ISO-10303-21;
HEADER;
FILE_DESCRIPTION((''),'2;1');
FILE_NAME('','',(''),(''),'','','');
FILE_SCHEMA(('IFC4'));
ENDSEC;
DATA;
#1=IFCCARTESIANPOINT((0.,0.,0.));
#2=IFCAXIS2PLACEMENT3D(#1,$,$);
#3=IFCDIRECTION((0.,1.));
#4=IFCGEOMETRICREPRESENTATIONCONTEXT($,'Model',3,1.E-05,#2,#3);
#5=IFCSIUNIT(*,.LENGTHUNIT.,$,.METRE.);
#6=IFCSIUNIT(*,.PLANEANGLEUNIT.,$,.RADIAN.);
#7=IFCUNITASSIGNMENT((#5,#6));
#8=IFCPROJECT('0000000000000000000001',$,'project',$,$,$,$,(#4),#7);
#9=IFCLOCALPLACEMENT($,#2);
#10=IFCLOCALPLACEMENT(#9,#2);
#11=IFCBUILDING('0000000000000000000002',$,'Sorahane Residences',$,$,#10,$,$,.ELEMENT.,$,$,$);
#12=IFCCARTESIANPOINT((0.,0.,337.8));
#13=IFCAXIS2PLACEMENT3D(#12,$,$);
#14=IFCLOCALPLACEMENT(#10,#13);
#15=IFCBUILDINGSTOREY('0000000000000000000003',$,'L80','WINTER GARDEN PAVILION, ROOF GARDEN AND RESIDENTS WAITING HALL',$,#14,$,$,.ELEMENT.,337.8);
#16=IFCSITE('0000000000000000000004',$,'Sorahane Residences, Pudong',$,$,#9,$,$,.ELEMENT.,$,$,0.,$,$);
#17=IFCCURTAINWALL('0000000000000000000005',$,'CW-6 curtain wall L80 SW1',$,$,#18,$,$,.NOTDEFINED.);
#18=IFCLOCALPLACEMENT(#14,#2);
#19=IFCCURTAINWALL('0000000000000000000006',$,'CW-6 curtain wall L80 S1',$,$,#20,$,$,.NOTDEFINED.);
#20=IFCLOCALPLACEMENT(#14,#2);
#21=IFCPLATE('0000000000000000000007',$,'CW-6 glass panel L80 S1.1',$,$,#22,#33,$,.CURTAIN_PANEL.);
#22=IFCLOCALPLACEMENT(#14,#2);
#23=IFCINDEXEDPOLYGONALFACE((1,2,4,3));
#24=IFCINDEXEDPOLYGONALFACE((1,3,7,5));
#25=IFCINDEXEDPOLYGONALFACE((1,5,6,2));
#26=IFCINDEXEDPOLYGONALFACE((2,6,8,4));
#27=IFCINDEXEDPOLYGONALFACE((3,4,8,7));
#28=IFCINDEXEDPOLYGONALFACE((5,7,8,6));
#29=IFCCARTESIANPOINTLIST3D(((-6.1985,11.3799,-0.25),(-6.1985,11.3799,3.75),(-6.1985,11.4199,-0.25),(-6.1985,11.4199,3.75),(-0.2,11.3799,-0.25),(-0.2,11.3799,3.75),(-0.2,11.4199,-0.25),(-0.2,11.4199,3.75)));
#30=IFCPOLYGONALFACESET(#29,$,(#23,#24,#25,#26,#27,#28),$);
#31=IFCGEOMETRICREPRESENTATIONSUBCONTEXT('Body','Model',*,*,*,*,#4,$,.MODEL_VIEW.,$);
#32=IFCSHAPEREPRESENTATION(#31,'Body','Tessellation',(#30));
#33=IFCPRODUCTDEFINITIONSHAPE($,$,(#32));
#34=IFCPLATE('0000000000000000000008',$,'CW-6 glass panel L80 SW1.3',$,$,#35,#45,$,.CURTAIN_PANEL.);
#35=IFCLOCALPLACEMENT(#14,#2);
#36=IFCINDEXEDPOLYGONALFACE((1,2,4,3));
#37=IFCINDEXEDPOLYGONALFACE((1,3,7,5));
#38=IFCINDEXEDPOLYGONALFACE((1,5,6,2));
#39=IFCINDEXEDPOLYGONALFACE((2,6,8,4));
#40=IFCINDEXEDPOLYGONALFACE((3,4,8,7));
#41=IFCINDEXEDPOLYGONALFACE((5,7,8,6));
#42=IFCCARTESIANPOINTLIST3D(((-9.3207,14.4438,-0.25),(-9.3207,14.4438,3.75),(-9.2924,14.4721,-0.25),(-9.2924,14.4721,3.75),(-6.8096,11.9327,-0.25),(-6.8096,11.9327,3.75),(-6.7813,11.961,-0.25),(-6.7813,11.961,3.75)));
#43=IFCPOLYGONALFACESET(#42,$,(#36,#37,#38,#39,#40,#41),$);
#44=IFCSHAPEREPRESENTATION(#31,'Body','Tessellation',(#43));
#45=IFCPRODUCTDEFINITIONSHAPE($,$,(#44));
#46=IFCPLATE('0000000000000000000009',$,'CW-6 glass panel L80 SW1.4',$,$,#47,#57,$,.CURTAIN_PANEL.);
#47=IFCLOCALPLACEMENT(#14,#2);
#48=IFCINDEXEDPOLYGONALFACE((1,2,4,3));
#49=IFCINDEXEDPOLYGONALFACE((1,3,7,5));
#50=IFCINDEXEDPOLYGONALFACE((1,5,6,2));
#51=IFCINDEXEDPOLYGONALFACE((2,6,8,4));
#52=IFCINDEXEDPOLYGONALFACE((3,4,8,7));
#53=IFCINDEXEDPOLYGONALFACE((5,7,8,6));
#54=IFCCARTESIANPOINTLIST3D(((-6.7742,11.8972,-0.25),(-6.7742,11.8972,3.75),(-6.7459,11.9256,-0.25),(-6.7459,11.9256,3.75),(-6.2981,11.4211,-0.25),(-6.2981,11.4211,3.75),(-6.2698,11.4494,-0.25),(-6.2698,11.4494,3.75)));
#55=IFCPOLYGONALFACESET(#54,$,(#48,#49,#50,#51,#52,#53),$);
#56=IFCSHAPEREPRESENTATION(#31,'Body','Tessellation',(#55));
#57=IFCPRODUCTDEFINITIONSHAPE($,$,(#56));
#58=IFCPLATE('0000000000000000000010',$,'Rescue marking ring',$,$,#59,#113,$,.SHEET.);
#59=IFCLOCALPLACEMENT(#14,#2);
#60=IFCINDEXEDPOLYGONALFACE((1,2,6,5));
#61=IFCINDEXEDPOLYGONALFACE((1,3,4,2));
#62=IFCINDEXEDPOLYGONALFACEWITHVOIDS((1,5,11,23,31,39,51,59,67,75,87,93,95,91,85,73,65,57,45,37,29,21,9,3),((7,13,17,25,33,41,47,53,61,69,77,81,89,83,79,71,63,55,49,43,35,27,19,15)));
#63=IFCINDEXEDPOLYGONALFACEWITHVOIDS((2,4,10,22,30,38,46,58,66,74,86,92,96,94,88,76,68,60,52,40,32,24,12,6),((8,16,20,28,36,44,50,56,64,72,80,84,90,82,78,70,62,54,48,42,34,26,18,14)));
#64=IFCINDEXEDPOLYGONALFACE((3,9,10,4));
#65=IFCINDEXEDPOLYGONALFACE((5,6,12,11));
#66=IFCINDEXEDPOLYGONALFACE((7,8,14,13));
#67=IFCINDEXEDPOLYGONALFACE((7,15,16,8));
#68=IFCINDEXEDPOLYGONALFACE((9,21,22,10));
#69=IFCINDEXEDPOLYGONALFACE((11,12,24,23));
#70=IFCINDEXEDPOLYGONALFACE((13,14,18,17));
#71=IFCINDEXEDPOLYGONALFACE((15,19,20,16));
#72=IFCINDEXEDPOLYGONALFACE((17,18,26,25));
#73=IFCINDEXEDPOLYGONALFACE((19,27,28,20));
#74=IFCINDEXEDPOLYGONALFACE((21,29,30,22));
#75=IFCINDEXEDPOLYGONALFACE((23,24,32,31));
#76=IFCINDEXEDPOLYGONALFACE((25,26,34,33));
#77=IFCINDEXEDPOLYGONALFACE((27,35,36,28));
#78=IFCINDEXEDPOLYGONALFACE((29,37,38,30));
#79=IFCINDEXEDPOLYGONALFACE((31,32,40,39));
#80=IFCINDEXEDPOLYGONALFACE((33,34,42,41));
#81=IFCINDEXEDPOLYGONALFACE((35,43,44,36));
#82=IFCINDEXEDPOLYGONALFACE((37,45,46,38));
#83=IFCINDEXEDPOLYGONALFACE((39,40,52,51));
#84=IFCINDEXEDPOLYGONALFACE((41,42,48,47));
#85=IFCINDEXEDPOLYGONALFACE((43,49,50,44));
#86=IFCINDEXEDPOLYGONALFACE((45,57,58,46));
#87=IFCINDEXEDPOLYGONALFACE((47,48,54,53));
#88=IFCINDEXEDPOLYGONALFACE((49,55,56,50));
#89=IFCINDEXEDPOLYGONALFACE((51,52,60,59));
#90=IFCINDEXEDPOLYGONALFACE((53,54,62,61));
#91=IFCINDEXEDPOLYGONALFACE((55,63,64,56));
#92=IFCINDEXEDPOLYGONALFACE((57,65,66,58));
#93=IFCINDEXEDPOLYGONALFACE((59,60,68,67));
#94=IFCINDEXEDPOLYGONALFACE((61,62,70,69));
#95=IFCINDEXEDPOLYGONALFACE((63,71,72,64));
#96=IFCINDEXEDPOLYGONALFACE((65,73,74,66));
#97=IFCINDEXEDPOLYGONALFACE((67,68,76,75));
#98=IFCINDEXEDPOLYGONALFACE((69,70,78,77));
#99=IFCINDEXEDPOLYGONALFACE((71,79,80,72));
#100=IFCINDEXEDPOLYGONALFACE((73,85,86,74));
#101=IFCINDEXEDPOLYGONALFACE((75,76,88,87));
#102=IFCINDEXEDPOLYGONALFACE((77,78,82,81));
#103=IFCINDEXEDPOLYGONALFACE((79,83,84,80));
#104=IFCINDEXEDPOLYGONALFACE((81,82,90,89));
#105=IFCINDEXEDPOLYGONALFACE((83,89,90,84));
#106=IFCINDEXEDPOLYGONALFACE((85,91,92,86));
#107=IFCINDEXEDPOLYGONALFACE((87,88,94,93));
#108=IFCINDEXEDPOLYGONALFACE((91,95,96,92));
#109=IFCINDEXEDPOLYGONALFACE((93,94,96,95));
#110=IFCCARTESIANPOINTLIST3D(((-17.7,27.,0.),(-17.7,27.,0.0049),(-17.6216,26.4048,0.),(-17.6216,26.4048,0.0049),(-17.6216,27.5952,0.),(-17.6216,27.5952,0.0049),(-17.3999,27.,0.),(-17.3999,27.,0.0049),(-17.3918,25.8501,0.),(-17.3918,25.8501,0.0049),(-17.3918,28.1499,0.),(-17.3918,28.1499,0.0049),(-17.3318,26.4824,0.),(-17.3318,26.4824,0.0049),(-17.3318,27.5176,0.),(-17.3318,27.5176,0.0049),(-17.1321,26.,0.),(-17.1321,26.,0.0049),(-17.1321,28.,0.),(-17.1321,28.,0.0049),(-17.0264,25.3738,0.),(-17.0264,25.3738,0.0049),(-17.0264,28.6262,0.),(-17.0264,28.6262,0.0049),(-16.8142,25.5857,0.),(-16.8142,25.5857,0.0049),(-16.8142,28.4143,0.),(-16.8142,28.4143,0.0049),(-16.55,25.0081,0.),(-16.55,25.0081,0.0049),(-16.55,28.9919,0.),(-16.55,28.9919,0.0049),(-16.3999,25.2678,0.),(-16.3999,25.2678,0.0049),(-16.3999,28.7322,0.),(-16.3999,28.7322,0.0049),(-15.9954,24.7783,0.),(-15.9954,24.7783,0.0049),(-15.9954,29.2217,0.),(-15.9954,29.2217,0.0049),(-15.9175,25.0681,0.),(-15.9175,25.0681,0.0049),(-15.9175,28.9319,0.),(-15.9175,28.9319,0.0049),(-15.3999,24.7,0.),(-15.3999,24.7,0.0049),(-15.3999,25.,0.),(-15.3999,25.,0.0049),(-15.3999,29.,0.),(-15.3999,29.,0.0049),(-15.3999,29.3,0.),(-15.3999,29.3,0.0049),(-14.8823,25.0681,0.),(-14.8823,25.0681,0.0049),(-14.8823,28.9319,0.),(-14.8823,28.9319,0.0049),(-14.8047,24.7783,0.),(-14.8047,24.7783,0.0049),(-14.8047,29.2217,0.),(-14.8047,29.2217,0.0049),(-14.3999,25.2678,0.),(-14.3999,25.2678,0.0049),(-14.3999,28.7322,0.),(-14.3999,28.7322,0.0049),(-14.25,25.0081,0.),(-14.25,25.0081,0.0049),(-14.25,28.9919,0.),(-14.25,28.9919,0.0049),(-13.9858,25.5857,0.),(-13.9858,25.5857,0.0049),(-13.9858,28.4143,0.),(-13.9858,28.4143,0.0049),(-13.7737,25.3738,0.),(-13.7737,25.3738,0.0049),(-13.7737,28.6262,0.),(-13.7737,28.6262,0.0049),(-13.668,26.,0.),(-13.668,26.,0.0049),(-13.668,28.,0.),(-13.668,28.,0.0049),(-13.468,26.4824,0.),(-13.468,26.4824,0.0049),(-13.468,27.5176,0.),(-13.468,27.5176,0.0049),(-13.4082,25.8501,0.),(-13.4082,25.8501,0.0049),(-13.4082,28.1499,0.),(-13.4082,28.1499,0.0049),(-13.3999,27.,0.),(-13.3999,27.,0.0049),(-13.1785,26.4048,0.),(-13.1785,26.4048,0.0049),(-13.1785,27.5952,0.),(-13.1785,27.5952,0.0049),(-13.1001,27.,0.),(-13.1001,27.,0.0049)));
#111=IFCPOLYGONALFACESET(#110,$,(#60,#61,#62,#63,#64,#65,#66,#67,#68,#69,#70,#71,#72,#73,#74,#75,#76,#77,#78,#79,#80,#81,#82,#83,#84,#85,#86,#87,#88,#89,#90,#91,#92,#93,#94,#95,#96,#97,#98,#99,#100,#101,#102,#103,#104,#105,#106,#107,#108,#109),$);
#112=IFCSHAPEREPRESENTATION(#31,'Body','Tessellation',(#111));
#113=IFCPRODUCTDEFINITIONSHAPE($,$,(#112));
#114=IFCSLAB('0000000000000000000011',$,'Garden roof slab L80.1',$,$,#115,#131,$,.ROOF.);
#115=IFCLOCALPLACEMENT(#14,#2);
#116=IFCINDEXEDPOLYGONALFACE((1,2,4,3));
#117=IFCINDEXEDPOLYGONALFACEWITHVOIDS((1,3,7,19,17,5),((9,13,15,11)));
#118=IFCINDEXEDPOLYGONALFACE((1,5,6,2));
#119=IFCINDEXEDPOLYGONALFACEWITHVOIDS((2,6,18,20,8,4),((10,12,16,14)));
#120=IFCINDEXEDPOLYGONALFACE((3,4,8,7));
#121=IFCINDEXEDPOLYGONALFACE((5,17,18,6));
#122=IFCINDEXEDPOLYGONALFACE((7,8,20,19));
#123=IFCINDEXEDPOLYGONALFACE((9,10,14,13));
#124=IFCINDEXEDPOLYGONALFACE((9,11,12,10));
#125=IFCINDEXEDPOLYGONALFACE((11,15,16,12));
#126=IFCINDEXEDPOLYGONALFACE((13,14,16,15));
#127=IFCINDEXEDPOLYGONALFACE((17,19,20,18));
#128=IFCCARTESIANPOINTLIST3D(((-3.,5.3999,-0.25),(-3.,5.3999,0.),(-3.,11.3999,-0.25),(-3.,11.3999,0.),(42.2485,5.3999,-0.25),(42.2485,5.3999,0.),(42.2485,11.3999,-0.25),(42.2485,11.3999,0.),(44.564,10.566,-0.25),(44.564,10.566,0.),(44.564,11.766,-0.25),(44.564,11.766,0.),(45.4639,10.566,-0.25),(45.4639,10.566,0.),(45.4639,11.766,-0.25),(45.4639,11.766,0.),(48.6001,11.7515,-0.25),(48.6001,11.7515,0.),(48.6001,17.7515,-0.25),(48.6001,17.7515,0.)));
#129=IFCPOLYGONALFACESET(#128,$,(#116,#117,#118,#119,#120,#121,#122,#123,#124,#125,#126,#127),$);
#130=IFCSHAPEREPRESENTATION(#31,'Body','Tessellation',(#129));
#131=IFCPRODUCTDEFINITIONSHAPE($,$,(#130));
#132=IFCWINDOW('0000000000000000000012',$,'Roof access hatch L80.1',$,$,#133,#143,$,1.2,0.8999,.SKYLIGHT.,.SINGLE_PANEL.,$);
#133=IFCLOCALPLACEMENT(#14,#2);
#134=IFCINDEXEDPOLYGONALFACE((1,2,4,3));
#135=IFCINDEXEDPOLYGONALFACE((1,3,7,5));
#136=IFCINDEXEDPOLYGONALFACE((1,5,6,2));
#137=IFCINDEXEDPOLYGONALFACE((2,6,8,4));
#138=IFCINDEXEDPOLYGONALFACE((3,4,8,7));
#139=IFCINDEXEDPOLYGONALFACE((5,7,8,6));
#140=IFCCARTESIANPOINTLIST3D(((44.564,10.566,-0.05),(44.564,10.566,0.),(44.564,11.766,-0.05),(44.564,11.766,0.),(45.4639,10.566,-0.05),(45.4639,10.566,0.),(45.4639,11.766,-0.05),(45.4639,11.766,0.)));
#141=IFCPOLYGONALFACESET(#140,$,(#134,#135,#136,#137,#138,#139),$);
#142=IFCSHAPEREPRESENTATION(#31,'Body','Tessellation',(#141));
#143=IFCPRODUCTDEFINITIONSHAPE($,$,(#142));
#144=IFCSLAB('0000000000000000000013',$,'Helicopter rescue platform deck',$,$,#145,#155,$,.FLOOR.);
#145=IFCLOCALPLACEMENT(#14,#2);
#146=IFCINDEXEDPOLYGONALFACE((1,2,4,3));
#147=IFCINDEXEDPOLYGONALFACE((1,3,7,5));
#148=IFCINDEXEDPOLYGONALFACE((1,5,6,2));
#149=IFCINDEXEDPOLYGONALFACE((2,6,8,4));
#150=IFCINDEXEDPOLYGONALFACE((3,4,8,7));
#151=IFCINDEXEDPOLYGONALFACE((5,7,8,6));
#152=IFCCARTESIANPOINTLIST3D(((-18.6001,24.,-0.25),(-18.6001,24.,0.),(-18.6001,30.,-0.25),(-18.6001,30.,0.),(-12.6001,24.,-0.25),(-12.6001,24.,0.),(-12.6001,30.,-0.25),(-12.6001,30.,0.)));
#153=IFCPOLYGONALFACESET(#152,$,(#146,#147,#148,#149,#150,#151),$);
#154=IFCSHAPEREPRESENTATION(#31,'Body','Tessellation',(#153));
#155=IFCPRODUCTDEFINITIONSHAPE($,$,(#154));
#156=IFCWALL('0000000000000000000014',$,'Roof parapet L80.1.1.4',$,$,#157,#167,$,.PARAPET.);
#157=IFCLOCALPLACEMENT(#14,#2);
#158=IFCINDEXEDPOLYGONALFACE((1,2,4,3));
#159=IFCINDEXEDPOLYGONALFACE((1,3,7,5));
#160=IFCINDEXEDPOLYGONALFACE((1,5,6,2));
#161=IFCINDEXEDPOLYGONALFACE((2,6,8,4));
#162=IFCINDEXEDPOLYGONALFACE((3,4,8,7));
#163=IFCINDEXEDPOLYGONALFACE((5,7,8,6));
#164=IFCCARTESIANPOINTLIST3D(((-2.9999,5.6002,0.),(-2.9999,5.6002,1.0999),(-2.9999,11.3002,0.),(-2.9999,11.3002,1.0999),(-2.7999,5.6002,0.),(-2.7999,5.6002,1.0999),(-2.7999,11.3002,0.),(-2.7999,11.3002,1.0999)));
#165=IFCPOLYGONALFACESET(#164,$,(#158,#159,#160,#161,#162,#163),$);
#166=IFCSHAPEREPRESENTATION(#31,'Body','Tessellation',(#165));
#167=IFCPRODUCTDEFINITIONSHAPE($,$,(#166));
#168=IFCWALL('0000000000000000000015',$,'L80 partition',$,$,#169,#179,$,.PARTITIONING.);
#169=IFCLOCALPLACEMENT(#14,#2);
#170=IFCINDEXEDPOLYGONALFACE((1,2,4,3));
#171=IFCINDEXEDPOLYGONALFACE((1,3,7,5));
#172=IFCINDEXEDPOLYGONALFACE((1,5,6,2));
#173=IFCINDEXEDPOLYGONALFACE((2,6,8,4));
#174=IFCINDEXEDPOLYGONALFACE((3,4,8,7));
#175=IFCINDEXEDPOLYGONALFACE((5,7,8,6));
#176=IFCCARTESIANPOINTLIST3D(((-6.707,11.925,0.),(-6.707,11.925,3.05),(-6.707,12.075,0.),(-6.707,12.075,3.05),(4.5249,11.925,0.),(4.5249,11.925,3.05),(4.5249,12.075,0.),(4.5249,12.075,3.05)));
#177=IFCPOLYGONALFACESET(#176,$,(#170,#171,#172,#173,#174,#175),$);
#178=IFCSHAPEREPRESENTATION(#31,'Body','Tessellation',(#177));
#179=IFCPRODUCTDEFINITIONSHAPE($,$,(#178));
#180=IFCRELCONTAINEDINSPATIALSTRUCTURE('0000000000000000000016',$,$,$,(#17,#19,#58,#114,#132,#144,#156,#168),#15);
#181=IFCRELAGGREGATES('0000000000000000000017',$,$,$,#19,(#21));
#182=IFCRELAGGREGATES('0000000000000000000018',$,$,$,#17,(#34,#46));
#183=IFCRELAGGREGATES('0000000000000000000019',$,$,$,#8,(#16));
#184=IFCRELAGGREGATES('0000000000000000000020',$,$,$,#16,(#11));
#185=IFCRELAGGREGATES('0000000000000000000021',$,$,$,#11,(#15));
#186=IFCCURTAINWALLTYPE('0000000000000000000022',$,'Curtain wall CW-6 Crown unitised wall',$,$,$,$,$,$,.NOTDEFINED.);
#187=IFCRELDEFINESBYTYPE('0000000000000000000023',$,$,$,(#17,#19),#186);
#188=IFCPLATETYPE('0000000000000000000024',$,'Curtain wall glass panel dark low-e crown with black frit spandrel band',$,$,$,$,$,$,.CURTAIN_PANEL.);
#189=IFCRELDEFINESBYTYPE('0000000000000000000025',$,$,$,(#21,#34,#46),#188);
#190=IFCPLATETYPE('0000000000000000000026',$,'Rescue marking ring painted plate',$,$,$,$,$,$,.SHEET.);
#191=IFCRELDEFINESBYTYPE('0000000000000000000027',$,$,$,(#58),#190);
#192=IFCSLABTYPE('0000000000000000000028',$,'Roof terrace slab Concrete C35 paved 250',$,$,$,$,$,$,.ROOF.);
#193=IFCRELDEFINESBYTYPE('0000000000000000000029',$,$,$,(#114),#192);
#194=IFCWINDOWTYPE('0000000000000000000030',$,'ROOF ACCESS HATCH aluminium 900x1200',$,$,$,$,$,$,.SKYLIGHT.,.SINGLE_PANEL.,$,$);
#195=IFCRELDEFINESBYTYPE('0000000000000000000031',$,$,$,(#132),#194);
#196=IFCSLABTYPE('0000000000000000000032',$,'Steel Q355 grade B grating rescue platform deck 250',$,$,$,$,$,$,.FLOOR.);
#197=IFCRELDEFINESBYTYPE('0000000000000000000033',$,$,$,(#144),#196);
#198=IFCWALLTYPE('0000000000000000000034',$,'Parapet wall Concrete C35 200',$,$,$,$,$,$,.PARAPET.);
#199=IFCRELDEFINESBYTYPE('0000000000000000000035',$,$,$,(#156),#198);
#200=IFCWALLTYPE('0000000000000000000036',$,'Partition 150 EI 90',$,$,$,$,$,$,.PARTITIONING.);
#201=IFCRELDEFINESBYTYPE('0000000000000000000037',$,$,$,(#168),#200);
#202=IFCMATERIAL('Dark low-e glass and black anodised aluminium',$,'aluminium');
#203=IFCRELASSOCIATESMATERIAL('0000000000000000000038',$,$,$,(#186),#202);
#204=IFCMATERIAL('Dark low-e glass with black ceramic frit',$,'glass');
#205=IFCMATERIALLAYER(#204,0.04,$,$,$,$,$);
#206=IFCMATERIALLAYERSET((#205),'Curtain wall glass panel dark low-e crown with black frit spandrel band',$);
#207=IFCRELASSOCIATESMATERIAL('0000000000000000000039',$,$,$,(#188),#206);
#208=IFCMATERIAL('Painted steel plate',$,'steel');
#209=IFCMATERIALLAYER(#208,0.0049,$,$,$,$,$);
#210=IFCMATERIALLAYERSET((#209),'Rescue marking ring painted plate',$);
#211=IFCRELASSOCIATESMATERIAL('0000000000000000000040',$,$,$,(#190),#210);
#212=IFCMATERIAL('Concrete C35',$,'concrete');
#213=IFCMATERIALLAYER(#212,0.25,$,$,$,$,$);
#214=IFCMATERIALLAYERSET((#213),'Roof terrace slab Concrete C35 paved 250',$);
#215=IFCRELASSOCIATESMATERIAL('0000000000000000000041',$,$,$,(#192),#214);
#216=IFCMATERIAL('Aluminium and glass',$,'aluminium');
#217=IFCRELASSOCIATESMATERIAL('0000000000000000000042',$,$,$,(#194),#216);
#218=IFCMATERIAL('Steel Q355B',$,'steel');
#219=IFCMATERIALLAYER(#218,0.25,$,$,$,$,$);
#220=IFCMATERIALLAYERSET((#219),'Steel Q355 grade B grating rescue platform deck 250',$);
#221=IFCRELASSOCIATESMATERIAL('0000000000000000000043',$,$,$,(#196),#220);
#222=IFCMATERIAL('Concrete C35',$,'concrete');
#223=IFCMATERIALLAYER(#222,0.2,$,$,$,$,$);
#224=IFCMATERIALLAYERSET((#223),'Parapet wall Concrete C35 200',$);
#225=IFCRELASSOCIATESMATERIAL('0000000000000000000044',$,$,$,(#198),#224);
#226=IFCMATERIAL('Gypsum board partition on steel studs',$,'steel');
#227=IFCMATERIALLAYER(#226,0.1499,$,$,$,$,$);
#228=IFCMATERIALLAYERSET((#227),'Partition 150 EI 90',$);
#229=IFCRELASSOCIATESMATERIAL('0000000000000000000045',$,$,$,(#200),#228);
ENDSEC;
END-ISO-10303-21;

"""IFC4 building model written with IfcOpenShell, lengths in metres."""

from ifc_helpers import new_model, si_unit, direction, frame, frame_2d, origin, origin_2d, place, context, subcontext, project, spatial, polyline, rectangle, outline, extrude, material, layer, layer_set, type_object, element, fill, aggregate, save


model = new_model("IFC4")

# Units and contexts
model_context = context("Model", 3, precision=1e-05, world=origin(), true_north=direction((0.0, 1.0)))
body_context = subcontext(model_context, "Body", "Model", "MODEL_VIEW")
ifc_project = project(units=[si_unit("LENGTHUNIT", "METRE"), si_unit("PLANEANGLEUNIT", "RADIAN")], contexts=[model_context])

# Site, building, storey
site_placement = place(None, origin())
site = spatial("IfcSite", under=ifc_project, at=site_placement, Name="Sorahane Residences, Pudong", CompositionType="ELEMENT", RefElevation=0.0)
building_placement = place(site_placement, origin())
building = spatial("IfcBuilding", under=site, at=building_placement, Name="Sorahane Residences", CompositionType="ELEMENT")
storey_placement = place(building_placement, frame((0.0, 0.0, 337.8)))
storey = spatial("IfcBuildingStorey", under=building, at=storey_placement, Name="L80", Description="WINTER GARDEN PAVILION, ROOF GARDEN AND RESIDENTS WAITING HALL", CompositionType="ELEMENT", Elevation=337.8)

# Curtain wall
ifc_material_1 = material(Name="Dark low-e glass and black anodised aluminium", Category="aluminium")
curtain_wall_type = type_object("IfcCurtainWallType", Name="Curtain wall CW-6 Crown unitised wall", PredefinedType="NOTDEFINED", material=ifc_material_1)
curtain_wall_1_placement = place(storey_placement, origin())
curtain_wall_1 = element("IfcCurtainWall", 1, at=curtain_wall_1_placement, inside=storey, type_object=curtain_wall_type, Name="CW-6 curtain wall L80 SW1", PredefinedType="NOTDEFINED")

# Curtain wall
curtain_wall_2_placement = place(storey_placement, origin())
curtain_wall_2 = element("IfcCurtainWall", 2, at=curtain_wall_2_placement, inside=storey, type_object=curtain_wall_type, Name="CW-6 curtain wall L80 S1", PredefinedType="NOTDEFINED")

# Plates
ifc_material_2 = material(Name="Dark low-e glass with black ceramic frit", Category="glass")
ifc_layer_1 = layer(ifc_material_2, 0.04)
ifc_layer_set_1 = layer_set([ifc_layer_1], Name="Curtain wall glass panel dark low-e crown with black frit spandrel band")
plate_type_1 = type_object("IfcPlateType", Name="Curtain wall glass panel dark low-e crown with black frit spandrel band", PredefinedType="CURTAIN_PANEL", material=ifc_layer_set_1)
plate_1_placement = place(storey_placement, frame((-3.1992, 11.3999, -0.25), z_axis=(0.0, 0.0, 1.0), x_axis=(1.0, 0.0, 0.0)))
plate_1 = element("IfcPlate", 3, at=plate_1_placement, type_object=plate_type_1, Name="CW-6 glass panel L80 S1.1", PredefinedType="CURTAIN_PANEL", context=body_context, shape_type="SweptSolid", body=[
    extrude(rectangle(XDim=5.9985, YDim=0.04, at=origin_2d()), origin(), (0.0, 0.0, 1.0), 4.0),
])
aggregate(curtain_wall_2, [plate_1])
plate_2_placement = place(storey_placement, frame((-8.051, 13.2024, -0.25), z_axis=(0.0, 0.0, 1.0), x_axis=(0.707107, -0.707107, 0.0)))
plate_2 = element("IfcPlate", 4, at=plate_2_placement, type_object=plate_type_1, Name="CW-6 glass panel L80 SW1.3", PredefinedType="CURTAIN_PANEL", context=body_context, shape_type="SweptSolid", body=[
    extrude(rectangle(XDim=3.5513, YDim=0.04, at=origin_2d()), origin(), (0.0, 0.0, 1.0), 4.0),
])
plate_3_placement = place(storey_placement, frame((-6.522, 11.6733, -0.25), z_axis=(0.0, 0.0, 1.0), x_axis=(0.707107, -0.707107, 0.0)))
plate_3 = element("IfcPlate", 5, at=plate_3_placement, type_object=plate_type_1, Name="CW-6 glass panel L80 SW1.4", PredefinedType="CURTAIN_PANEL", context=body_context, shape_type="SweptSolid", body=[
    extrude(rectangle(XDim=0.6733, YDim=0.04, at=origin_2d()), origin(), (0.0, 0.0, 1.0), 4.0),
])
aggregate(curtain_wall_1, [plate_2, plate_3])
ifc_material_3 = material(Name="Painted steel plate", Category="steel")
ifc_layer_2 = layer(ifc_material_3, 0.0049)
ifc_layer_set_2 = layer_set([ifc_layer_2], Name="Rescue marking ring painted plate")
plate_type_2 = type_object("IfcPlateType", Name="Rescue marking ring painted plate", PredefinedType="SHEET", material=ifc_layer_set_2)
plate_4_placement = place(storey_placement, origin())
element("IfcPlate", 6, at=plate_4_placement, inside=storey, type_object=plate_type_2, Name="Rescue marking ring", PredefinedType="SHEET", context=body_context, shape_type="SweptSolid", body=[
    extrude(outline(polyline([(-13.1001, 27.0), (-13.1785, 27.5952), (-13.4082, 28.1499), (-13.7737, 28.6262), (-14.25, 28.9919), (-14.8047, 29.2217), (-15.3999, 29.3), (-15.9954, 29.2217), (-16.55, 28.9919), (-17.0264, 28.6262), (-17.3918, 28.1499), (-17.6216, 27.5952), (-17.7, 27.0), (-17.6216, 26.4048), (-17.3918, 25.8501), (-17.0264, 25.3738), (-16.55, 25.0081), (-15.9954, 24.7783), (-15.3999, 24.7), (-14.8047, 24.7783), (-14.25, 25.0081), (-13.7737, 25.3738), (-13.4082, 25.8501), (-13.1785, 26.4048), (-13.1001, 27.0)]), holes=[polyline([(-13.3999, 27.0), (-13.468, 27.5176), (-13.668, 28.0), (-13.9858, 28.4143), (-14.3999, 28.7322), (-14.8823, 28.9319), (-15.3999, 29.0), (-15.9175, 28.9319), (-16.3999, 28.7322), (-16.8142, 28.4143), (-17.1321, 28.0), (-17.3318, 27.5176), (-17.3999, 27.0), (-17.3318, 26.4824), (-17.1321, 26.0), (-16.8142, 25.5857), (-16.3999, 25.2678), (-15.9175, 25.0681), (-15.3999, 25.0), (-14.8823, 25.0681), (-14.3999, 25.2678), (-13.9858, 25.5857), (-13.668, 26.0), (-13.468, 26.4824), (-13.3999, 27.0)])]), origin(), (0.0, 0.0, 1.0), 0.0049),
])

# Slab, opening, window
ifc_material_4 = material(Name="Concrete C35", Category="concrete")
ifc_layer_3 = layer(ifc_material_4, 0.25)
ifc_layer_set_3 = layer_set([ifc_layer_3], Name="Roof terrace slab Concrete C35 paved 250")
slab_type_1 = type_object("IfcSlabType", Name="Roof terrace slab Concrete C35 paved 250", PredefinedType="ROOF", material=ifc_layer_set_3)
slab_1_placement = place(storey_placement, frame((0.0, 0.0, -0.25)))
slab_1 = element("IfcSlab", 7, at=slab_1_placement, inside=storey, type_object=slab_type_1, Name="Garden roof slab L80.1", PredefinedType="ROOF", context=body_context, shape_type="SweptSolid", body=[
    extrude(outline(polyline([(42.2485, 11.3999), (48.6001, 17.7515), (48.6001, 11.7515), (42.2485, 5.3999), (-3.0, 5.3999), (-3.0, 11.3999), (42.2485, 11.3999)])), origin(), (0.0, 0.0, 1.0), 0.25),
])
opening_placement = place(slab_1_placement, frame((45.0139, 11.166, 0.0)))
opening = element("IfcOpeningElement", 8, at=opening_placement, cuts=slab_1, PredefinedType="OPENING", context=body_context, shape_type="SweptSolid", body=[
    extrude(rectangle(XDim=0.8999, YDim=1.2, at=origin_2d()), frame((0.0, 0.0, -0.01)), (0.0, 0.0, 1.0), 0.27),
])
ifc_material_5 = material(Name="Aluminium and glass", Category="aluminium")
window_type = type_object("IfcWindowType", Name="ROOF ACCESS HATCH aluminium 900x1200", PartitioningType="SINGLE_PANEL", PredefinedType="SKYLIGHT", material=ifc_material_5)
window_placement = place(opening_placement, frame((0.0, 0.0, 0.2)))
window = element("IfcWindow", 9, at=window_placement, inside=storey, type_object=window_type, Name="Roof access hatch L80.1", OverallHeight=1.2, OverallWidth=0.8999, PartitioningType="SINGLE_PANEL", PredefinedType="SKYLIGHT", context=body_context, shape_type="SweptSolid", body=[
    extrude(rectangle(XDim=0.8999, YDim=1.2, at=origin_2d()), origin(), (0.0, 0.0, 1.0), 0.05),
])
fill(opening, window)

# Slab
ifc_material_6 = material(Name="Steel Q355B", Category="steel")
ifc_layer_4 = layer(ifc_material_6, 0.25)
ifc_layer_set_4 = layer_set([ifc_layer_4], Name="Steel Q355 grade B grating rescue platform deck 250")
slab_type_2 = type_object("IfcSlabType", Name="Steel Q355 grade B grating rescue platform deck 250", PredefinedType="FLOOR", material=ifc_layer_set_4)
slab_2_placement = place(storey_placement, frame((0.0, 0.0, -0.25)))
element("IfcSlab", 10, at=slab_2_placement, inside=storey, type_object=slab_type_2, Name="Helicopter rescue platform deck", PredefinedType="FLOOR", context=body_context, shape_type="SweptSolid", body=[
    extrude(outline(polyline([(-18.6001, 24.0), (-12.6001, 24.0), (-12.6001, 30.0), (-18.6001, 30.0), (-18.6001, 24.0)])), origin(), (0.0, 0.0, 1.0), 0.25),
])

# Walls
ifc_material_7 = material(Name="Concrete C35", Category="concrete")
ifc_layer_5 = layer(ifc_material_7, 0.2)
ifc_layer_set_5 = layer_set([ifc_layer_5], Name="Parapet wall Concrete C35 200")
wall_type_1 = type_object("IfcWallType", Name="Parapet wall Concrete C35 200", PredefinedType="PARAPET", material=ifc_layer_set_5)
wall_1_placement = place(storey_placement, frame((-2.8999, 5.6001, 0.0), z_axis=(0.0, 0.0, 1.0), x_axis=(0.0, 1.0, 0.0)))
element("IfcWall", 11, at=wall_1_placement, inside=storey, type_object=wall_type_1, Name="Roof parapet L80.1.1.4", PredefinedType="PARAPET", context=body_context, shape_type="SweptSolid", body=[
    extrude(rectangle(XDim=5.7, YDim=0.2, at=frame_2d((2.8501, 0.0))), origin(), (0.0, 0.0, 1.0), 1.0999),
])
ifc_material_8 = material(Name="Gypsum board partition on steel studs", Category="steel")
ifc_layer_6 = layer(ifc_material_8, 0.1499)
ifc_layer_set_6 = layer_set([ifc_layer_6], Name="Partition 150 EI 90")
wall_type_2 = type_object("IfcWallType", Name="Partition 150 EI 90", PredefinedType="PARTITIONING", material=ifc_layer_set_6)
wall_2_placement = place(storey_placement, frame((-6.707, 12.0, 0.0), z_axis=(0.0, 0.0, 1.0), x_axis=(1.0, 0.0, 0.0)))
element("IfcWall", 12, at=wall_2_placement, inside=storey, type_object=wall_type_2, Name="L80 partition", PredefinedType="PARTITIONING", context=body_context, shape_type="SweptSolid", body=[
    extrude(rectangle(XDim=11.2319, YDim=0.1499, at=frame_2d((5.616, 0.0))), origin(), (0.0, 0.0, 1.0), 3.05),
])

save(model, "model.ifc")
